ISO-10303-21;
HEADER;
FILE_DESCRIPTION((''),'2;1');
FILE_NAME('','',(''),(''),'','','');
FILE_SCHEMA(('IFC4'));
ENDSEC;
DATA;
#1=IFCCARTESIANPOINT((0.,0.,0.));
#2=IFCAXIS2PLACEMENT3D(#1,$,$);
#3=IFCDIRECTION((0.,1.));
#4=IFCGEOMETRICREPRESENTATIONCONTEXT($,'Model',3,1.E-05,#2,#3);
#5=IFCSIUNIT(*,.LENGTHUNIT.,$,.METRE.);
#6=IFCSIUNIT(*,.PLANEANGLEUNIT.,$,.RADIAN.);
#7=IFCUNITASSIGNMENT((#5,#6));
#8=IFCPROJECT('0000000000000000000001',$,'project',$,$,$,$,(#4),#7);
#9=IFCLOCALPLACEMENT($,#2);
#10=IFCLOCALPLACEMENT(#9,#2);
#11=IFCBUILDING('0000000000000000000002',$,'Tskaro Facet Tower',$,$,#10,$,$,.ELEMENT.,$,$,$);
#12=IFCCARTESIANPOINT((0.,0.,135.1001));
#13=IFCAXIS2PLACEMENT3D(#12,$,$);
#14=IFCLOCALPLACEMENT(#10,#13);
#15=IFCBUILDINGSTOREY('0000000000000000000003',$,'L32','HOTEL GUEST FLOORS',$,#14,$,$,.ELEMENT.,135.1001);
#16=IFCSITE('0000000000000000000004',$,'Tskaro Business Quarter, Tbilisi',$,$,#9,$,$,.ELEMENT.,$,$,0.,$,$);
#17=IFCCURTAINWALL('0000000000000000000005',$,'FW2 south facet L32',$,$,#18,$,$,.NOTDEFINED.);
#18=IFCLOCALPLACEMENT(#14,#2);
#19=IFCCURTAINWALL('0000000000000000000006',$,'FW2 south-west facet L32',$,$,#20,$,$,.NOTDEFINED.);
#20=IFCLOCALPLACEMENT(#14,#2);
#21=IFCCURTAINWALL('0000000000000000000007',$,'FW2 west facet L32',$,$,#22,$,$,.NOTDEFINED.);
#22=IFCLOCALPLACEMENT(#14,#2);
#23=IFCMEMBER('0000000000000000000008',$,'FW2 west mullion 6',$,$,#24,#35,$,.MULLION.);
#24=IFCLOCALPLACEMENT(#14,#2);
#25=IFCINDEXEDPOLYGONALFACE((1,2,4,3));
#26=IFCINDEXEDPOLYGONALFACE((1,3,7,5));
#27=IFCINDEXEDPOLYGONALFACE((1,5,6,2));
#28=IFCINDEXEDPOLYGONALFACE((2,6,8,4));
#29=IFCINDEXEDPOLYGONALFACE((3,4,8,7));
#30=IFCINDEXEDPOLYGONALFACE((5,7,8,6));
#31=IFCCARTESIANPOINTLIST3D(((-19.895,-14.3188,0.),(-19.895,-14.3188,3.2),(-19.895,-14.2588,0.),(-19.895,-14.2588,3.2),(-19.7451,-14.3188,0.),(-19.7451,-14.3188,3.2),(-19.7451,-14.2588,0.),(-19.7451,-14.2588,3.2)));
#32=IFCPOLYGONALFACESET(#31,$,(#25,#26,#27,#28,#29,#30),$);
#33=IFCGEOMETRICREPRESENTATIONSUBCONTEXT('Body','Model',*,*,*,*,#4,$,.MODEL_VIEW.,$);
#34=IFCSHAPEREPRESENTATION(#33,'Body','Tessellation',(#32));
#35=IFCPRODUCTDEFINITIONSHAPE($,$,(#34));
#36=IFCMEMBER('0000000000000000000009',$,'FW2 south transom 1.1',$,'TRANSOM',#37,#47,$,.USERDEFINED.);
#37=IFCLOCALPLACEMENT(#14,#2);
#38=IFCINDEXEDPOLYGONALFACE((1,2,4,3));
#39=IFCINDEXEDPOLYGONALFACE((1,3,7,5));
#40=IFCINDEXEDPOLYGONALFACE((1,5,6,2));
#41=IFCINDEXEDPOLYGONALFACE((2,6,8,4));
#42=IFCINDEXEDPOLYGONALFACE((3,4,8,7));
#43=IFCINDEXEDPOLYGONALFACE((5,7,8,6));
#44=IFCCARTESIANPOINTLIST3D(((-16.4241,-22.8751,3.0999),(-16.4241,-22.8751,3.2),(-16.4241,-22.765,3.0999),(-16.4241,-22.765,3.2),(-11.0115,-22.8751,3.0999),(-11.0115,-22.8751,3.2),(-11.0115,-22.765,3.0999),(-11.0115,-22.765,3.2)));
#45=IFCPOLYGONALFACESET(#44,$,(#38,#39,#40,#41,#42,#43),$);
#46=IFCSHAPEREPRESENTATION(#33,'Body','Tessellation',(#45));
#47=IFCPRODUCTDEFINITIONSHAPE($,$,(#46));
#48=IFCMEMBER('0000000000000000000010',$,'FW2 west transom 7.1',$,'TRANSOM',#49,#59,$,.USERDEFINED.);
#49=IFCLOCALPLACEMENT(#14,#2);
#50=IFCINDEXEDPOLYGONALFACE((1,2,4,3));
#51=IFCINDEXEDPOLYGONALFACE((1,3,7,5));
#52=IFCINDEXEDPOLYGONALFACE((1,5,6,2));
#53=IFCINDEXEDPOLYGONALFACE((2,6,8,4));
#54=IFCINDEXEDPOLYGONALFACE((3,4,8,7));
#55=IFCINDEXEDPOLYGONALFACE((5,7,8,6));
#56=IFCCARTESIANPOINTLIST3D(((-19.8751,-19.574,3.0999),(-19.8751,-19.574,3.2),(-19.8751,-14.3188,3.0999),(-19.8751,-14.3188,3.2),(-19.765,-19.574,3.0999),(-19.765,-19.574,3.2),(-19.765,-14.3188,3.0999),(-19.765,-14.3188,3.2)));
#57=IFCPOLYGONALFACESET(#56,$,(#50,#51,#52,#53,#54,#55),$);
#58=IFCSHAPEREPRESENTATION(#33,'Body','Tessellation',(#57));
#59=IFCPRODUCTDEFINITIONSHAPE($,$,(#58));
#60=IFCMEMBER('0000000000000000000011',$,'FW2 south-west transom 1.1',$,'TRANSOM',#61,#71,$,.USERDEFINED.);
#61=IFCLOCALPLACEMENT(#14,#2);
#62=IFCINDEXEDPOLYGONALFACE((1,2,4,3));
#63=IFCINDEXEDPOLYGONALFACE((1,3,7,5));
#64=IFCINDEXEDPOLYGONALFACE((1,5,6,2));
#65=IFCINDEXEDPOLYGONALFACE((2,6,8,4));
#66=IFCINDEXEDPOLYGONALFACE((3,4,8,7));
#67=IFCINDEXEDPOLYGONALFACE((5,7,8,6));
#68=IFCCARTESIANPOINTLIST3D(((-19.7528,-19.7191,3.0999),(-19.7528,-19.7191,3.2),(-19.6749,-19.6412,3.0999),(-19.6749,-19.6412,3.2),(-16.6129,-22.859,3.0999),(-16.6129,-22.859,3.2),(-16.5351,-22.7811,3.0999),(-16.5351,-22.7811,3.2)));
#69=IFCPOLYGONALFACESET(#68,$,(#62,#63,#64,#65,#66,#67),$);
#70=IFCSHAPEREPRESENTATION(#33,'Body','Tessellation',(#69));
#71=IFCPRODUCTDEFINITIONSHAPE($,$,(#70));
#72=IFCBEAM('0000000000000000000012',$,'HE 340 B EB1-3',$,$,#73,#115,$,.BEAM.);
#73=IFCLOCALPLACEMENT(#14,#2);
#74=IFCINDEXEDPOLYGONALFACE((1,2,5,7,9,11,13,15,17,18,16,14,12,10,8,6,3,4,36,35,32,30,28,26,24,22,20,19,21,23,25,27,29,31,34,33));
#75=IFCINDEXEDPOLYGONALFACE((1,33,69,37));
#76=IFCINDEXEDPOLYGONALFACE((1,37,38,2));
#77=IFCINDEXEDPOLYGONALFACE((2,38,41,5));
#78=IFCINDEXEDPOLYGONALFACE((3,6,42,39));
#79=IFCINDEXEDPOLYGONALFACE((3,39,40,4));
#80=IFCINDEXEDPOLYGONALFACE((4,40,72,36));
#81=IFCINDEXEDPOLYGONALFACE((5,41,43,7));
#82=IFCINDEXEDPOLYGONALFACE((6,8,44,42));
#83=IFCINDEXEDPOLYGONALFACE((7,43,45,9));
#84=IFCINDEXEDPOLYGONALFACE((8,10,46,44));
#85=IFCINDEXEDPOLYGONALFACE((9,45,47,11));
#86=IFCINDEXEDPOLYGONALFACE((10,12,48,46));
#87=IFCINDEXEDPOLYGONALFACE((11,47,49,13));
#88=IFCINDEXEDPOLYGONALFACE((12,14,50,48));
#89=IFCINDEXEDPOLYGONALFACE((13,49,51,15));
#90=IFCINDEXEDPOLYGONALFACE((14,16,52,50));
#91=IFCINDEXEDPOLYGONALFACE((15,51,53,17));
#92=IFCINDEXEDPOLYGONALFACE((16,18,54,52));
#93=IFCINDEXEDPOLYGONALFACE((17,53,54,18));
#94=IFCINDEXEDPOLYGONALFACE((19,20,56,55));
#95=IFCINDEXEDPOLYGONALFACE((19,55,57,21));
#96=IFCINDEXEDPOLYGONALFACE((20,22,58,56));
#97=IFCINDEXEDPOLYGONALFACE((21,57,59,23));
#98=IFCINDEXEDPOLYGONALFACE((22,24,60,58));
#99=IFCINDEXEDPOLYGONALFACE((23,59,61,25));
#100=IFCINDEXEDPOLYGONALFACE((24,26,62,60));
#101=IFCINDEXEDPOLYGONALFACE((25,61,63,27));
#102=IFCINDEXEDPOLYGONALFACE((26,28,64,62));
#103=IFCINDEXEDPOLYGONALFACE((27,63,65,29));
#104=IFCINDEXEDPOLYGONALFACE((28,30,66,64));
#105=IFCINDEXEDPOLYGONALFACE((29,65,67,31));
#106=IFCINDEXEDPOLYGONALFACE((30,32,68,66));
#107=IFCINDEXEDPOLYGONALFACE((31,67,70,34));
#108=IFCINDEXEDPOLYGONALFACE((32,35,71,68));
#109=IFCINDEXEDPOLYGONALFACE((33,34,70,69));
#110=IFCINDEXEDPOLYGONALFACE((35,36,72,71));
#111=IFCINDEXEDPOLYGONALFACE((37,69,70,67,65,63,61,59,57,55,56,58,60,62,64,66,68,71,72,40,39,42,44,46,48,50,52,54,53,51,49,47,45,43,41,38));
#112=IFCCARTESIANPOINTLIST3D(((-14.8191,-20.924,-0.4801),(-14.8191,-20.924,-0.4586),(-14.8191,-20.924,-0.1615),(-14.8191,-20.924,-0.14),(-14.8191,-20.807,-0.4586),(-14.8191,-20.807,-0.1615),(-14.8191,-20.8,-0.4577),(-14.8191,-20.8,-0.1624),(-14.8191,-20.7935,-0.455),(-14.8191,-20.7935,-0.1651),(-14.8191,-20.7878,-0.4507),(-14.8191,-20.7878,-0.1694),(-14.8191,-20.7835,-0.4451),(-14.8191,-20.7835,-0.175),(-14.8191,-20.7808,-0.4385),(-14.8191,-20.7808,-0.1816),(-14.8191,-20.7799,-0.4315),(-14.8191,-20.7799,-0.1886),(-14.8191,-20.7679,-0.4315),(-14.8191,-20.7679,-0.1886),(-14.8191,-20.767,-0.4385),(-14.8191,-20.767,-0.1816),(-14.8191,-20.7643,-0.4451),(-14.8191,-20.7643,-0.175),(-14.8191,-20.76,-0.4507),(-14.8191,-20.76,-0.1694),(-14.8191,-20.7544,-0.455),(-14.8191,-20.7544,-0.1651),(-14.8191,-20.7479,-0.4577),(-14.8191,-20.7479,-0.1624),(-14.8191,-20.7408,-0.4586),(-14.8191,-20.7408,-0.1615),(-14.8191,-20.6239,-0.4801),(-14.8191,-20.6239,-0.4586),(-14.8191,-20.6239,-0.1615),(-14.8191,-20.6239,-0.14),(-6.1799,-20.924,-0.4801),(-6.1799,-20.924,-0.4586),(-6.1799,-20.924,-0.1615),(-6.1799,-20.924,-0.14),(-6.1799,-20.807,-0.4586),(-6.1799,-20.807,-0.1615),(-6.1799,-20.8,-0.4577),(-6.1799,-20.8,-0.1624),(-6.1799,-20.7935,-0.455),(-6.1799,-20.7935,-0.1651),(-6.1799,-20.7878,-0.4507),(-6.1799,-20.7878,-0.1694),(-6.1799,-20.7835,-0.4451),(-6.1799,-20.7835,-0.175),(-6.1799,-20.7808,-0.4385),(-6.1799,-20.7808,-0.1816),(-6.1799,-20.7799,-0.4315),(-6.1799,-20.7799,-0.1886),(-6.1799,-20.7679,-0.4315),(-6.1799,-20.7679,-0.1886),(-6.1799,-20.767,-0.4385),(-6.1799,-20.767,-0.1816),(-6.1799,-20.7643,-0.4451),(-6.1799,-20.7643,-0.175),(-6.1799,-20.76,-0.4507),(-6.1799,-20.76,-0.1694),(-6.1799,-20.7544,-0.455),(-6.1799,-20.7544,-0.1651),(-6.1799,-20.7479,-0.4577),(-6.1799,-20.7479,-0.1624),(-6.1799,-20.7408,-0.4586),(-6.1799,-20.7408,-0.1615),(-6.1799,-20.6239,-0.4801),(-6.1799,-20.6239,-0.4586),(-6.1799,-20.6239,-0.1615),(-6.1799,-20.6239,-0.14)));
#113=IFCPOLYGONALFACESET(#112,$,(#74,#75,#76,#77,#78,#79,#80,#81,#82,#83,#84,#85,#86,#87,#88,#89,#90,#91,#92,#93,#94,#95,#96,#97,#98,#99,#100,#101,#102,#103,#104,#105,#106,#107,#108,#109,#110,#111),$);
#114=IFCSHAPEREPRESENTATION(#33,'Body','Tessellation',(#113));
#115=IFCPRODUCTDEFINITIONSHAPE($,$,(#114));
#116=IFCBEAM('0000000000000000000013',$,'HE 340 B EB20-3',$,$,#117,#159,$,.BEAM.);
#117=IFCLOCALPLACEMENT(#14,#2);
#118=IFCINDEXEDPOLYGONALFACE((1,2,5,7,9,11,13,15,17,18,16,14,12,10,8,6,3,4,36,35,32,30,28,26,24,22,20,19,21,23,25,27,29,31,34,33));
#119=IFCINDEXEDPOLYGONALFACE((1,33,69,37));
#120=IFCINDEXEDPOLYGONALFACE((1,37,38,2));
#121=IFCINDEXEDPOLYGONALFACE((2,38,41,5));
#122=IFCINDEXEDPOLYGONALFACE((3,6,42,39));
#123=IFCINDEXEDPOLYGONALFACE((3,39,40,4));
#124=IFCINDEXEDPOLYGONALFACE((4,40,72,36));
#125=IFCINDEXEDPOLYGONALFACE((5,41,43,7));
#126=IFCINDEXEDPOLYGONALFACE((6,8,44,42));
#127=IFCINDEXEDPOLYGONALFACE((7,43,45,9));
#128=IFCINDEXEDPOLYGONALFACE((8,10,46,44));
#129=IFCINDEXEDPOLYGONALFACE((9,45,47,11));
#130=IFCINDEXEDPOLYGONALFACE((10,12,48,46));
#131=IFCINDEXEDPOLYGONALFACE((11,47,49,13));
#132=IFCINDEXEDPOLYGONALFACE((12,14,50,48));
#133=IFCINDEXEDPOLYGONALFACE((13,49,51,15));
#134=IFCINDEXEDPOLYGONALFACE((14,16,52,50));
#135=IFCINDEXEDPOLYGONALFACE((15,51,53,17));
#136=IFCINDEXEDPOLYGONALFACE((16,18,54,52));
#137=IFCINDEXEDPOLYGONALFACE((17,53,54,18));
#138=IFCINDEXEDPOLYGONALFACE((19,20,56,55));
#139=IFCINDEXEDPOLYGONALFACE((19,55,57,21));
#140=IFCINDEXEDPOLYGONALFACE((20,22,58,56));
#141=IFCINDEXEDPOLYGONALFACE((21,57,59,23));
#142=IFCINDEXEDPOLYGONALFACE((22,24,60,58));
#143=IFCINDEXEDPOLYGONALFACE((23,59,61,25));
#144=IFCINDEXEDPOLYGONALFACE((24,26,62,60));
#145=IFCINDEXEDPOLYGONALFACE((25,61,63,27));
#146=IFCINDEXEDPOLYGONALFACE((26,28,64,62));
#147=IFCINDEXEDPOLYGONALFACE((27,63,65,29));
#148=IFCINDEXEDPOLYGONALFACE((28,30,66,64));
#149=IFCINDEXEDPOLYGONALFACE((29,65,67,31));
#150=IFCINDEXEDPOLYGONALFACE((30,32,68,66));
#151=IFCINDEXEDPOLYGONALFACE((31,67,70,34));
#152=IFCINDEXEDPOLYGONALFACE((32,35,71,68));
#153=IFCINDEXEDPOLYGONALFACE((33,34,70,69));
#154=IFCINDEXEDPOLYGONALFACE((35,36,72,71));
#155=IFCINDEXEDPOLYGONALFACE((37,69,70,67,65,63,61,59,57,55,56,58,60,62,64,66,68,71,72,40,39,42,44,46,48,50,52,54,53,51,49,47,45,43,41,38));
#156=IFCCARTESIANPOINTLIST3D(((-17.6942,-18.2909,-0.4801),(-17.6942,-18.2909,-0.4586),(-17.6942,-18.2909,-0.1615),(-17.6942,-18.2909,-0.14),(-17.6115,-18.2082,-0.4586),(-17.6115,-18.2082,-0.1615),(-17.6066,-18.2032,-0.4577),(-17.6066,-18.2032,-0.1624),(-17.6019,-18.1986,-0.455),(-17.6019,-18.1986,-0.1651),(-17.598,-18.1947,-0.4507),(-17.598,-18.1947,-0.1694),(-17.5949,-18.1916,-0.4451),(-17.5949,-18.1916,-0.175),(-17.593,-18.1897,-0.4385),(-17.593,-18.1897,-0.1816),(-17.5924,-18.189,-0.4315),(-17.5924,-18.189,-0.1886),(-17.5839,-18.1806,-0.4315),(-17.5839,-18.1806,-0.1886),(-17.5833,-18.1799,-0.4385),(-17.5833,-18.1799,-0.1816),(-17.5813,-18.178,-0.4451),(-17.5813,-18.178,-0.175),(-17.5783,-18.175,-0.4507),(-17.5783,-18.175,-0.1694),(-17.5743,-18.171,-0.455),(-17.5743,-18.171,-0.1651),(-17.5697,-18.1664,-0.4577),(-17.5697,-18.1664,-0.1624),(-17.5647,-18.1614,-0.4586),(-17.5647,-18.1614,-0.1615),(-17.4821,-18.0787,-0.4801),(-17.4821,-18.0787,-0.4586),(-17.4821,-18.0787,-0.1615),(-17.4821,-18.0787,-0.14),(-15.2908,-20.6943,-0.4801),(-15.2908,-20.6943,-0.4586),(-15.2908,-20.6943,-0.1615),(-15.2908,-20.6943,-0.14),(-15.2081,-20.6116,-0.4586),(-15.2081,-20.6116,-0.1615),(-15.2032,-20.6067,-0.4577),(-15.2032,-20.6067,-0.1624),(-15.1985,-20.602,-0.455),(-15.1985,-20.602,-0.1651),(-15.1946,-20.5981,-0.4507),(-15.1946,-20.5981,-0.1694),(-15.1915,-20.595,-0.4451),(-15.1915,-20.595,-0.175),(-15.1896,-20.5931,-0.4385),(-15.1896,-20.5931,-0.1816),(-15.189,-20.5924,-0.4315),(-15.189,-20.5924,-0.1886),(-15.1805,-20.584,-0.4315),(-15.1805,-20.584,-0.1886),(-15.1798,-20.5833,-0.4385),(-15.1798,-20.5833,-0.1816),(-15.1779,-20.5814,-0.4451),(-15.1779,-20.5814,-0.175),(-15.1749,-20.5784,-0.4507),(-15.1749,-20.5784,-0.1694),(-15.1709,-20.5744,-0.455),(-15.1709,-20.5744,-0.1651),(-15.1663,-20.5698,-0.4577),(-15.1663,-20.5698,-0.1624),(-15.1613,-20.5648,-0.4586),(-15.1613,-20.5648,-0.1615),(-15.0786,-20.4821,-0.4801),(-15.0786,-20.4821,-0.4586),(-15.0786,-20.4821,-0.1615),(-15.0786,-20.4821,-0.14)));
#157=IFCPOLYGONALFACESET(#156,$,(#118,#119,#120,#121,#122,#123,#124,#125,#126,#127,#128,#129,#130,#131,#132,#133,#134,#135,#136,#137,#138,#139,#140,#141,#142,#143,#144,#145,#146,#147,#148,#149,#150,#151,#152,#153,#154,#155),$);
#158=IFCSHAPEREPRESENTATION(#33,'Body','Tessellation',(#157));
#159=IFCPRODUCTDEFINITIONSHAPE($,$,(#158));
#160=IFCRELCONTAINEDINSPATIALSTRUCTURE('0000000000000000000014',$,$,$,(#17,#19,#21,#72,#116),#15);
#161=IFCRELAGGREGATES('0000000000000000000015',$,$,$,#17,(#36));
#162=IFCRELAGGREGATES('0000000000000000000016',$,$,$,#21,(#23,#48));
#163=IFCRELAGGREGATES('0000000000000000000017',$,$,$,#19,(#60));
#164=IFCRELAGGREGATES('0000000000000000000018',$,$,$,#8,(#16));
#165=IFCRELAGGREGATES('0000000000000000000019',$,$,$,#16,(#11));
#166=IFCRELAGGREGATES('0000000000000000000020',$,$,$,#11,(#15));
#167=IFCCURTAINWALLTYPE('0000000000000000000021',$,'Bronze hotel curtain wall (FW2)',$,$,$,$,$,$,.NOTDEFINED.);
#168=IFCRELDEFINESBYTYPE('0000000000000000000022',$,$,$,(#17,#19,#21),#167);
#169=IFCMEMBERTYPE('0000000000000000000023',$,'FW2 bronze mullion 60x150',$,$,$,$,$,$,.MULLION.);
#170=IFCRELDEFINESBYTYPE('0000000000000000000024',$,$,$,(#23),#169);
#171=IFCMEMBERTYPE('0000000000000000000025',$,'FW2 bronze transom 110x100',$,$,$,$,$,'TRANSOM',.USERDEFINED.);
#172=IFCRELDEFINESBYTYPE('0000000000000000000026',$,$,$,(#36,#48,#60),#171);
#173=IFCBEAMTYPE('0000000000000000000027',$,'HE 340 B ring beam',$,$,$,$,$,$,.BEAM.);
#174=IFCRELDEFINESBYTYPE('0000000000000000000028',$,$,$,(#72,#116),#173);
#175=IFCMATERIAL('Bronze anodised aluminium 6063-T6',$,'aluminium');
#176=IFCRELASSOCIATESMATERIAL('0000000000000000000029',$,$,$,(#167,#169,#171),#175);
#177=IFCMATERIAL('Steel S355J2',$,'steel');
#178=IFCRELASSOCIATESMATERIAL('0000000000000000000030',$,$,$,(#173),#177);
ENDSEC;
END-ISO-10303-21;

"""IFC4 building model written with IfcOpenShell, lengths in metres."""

from ifc_helpers import new_model, si_unit, direction, frame, origin, origin_2d, place, context, subcontext, project, spatial, rectangle, i_section, extrude, material, material_profile, profile_set, type_object, element, aggregate, save


model = new_model("IFC4")

# Units and contexts
model_context = context("Model", 3, precision=1e-05, world=origin(), true_north=direction((0.0, 1.0)))
body_context = subcontext(model_context, "Body", "Model", "MODEL_VIEW")
ifc_project = project(units=[si_unit("LENGTHUNIT", "METRE"), si_unit("PLANEANGLEUNIT", "RADIAN")], contexts=[model_context])

# Site, building, storey
site_placement = place(None, origin())
site = spatial("IfcSite", under=ifc_project, at=site_placement, Name="Tskaro Business Quarter, Tbilisi", CompositionType="ELEMENT", RefElevation=0.0)
building_placement = place(site_placement, origin())
building = spatial("IfcBuilding", under=site, at=building_placement, Name="Tskaro Facet Tower", CompositionType="ELEMENT")
storey_placement = place(building_placement, frame((0.0, 0.0, 135.1001)))
storey = spatial("IfcBuildingStorey", under=building, at=storey_placement, Name="L32", Description="HOTEL GUEST FLOORS", CompositionType="ELEMENT", Elevation=135.1001)

# Curtain walls, member
ifc_material_1 = material(Name="Bronze anodised aluminium 6063-T6", Category="aluminium")
curtain_wall_type = type_object("IfcCurtainWallType", Name="Bronze hotel curtain wall (FW2)", PredefinedType="NOTDEFINED", material=ifc_material_1)
curtain_wall_1_placement = place(storey_placement, origin())
curtain_wall_1 = element("IfcCurtainWall", 1, at=curtain_wall_1_placement, inside=storey, type_object=curtain_wall_type, Name="FW2 south facet L32", PredefinedType="NOTDEFINED")
curtain_wall_2_placement = place(storey_placement, origin())
curtain_wall_2 = element("IfcCurtainWall", 2, at=curtain_wall_2_placement, inside=storey, type_object=curtain_wall_type, Name="FW2 south-west facet L32", PredefinedType="NOTDEFINED")
curtain_wall_3_placement = place(storey_placement, origin())
curtain_wall_3 = element("IfcCurtainWall", 3, at=curtain_wall_3_placement, inside=storey, type_object=curtain_wall_type, Name="FW2 west facet L32", PredefinedType="NOTDEFINED")
ifc_material_profile_1 = material_profile(ifc_material_1, rectangle(XDim=0.0601, YDim=0.1499, at=origin_2d()), Name="Mullion 60x150")
ifc_profile_set_1 = profile_set([ifc_material_profile_1], Name="Bronze anodised aluminium 6063-T6")
member_type_1 = type_object("IfcMemberType", Name="FW2 bronze mullion 60x150", PredefinedType="MULLION", material=ifc_profile_set_1)
member_1_placement = place(storey_placement, frame((-19.8201, -14.2888, 0.0), z_axis=(0.0, 0.0, 1.0), x_axis=(0.0, -1.0, 0.0)))
member_1 = element("IfcMember", 4, at=member_1_placement, type_object=member_type_1, Name="FW2 west mullion 6", PredefinedType="MULLION", context=body_context, shape_type="SweptSolid", body=[
    extrude(rectangle(XDim=0.0601, YDim=0.1499, at=origin_2d()), origin(), (0.0, 0.0, 1.0), 3.2),
])

# Members
ifc_material_profile_2 = material_profile(ifc_material_1, rectangle(XDim=0.1101, YDim=0.1001, at=origin_2d()), Name="Transom 110x100")
ifc_profile_set_2 = profile_set([ifc_material_profile_2], Name="Bronze anodised aluminium 6063-T6")
member_type_2 = type_object("IfcMemberType", Name="FW2 bronze transom 110x100", ElementType="TRANSOM", PredefinedType="USERDEFINED", material=ifc_profile_set_2)
member_2_placement = place(storey_placement, frame((-16.4241, -22.8201, 3.1499), z_axis=(1.0, 0.0, 0.0), x_axis=(0.0, 1.0, 0.0)))
member_2 = element("IfcMember", 5, at=member_2_placement, type_object=member_type_2, Name="FW2 south transom 1.1", ObjectType="TRANSOM", PredefinedType="USERDEFINED", context=body_context, shape_type="SweptSolid", body=[
    extrude(rectangle(XDim=0.1101, YDim=0.1001, at=origin_2d()), origin(), (0.0, 0.0, 1.0), 5.4126),
])
aggregate(curtain_wall_1, [member_2])
member_3_placement = place(storey_placement, frame((-19.8201, -14.3188, 3.1499), z_axis=(0.0, -1.0, 0.0), x_axis=(1.0, 0.0, 0.0)))
member_3 = element("IfcMember", 6, at=member_3_placement, type_object=member_type_2, Name="FW2 west transom 7.1", ObjectType="TRANSOM", PredefinedType="USERDEFINED", context=body_context, shape_type="SweptSolid", body=[
    extrude(rectangle(XDim=0.1101, YDim=0.1001, at=origin_2d()), origin(), (0.0, 0.0, 1.0), 5.2551),
])
member_4_placement = place(storey_placement, frame((-19.7139, -19.6802, 3.1499), z_axis=(0.707107, -0.707107, 0.0), x_axis=(0.707107, 0.707107, 0.0)))
member_4 = element("IfcMember", 7, at=member_4_placement, type_object=member_type_2, Name="FW2 south-west transom 1.1", ObjectType="TRANSOM", PredefinedType="USERDEFINED", context=body_context, shape_type="SweptSolid", body=[
    extrude(rectangle(XDim=0.1101, YDim=0.1001, at=origin_2d()), origin(), (0.0, 0.0, 1.0), 4.4404),
])

# Beams
ifc_material_2 = material(Name="Steel S355J2", Category="steel")
ifc_material_profile_3 = material_profile(ifc_material_2, i_section(OverallWidth=0.3, OverallDepth=0.3401, WebThickness=0.012, FlangeThickness=0.0215, FilletRadius=0.0271, at=origin_2d()), Name="HE 340 B")
ifc_profile_set_3 = profile_set([ifc_material_profile_3], Name="Steel S355J2")
beam_type_1 = type_object("IfcBeamType", Name="HE 340 B ring beam", PredefinedType="BEAM", material=ifc_profile_set_3)
beam_1_placement = place(storey_placement, frame((-14.8191, -20.7739, -0.3101), z_axis=(1.0, 0.0, 0.0), x_axis=(0.0, 1.0, 0.0)))
element("IfcBeam", 8, at=beam_1_placement, inside=storey, type_object=beam_type_1, Name="HE 340 B EB1-3", PredefinedType="BEAM", context=body_context, shape_type="SweptSolid", body=[
    extrude(i_section(OverallWidth=0.3, OverallDepth=0.3401, WebThickness=0.012, FlangeThickness=0.0215, FilletRadius=0.0271, at=origin_2d()), origin(), (0.0, 0.0, 1.0), 8.6392),
])
beam_2_placement = place(storey_placement, frame((-17.5881, -18.1848, -0.3101), z_axis=(0.707107, -0.707107, 0.0), x_axis=(0.707107, 0.707107, 0.0)))
element("IfcBeam", 9, at=beam_2_placement, inside=storey, type_object=beam_type_1, Name="HE 340 B EB20-3", PredefinedType="BEAM", context=body_context, shape_type="SweptSolid", body=[
    extrude(i_section(OverallWidth=0.3, OverallDepth=0.3401, WebThickness=0.012, FlangeThickness=0.0215, FilletRadius=0.0271, at=origin_2d()), origin(), (0.0, 0.0, 1.0), 3.3989),
])

aggregate(curtain_wall_3, [member_1, member_3])
aggregate(curtain_wall_2, [member_4])

save(model, "model.ifc")
